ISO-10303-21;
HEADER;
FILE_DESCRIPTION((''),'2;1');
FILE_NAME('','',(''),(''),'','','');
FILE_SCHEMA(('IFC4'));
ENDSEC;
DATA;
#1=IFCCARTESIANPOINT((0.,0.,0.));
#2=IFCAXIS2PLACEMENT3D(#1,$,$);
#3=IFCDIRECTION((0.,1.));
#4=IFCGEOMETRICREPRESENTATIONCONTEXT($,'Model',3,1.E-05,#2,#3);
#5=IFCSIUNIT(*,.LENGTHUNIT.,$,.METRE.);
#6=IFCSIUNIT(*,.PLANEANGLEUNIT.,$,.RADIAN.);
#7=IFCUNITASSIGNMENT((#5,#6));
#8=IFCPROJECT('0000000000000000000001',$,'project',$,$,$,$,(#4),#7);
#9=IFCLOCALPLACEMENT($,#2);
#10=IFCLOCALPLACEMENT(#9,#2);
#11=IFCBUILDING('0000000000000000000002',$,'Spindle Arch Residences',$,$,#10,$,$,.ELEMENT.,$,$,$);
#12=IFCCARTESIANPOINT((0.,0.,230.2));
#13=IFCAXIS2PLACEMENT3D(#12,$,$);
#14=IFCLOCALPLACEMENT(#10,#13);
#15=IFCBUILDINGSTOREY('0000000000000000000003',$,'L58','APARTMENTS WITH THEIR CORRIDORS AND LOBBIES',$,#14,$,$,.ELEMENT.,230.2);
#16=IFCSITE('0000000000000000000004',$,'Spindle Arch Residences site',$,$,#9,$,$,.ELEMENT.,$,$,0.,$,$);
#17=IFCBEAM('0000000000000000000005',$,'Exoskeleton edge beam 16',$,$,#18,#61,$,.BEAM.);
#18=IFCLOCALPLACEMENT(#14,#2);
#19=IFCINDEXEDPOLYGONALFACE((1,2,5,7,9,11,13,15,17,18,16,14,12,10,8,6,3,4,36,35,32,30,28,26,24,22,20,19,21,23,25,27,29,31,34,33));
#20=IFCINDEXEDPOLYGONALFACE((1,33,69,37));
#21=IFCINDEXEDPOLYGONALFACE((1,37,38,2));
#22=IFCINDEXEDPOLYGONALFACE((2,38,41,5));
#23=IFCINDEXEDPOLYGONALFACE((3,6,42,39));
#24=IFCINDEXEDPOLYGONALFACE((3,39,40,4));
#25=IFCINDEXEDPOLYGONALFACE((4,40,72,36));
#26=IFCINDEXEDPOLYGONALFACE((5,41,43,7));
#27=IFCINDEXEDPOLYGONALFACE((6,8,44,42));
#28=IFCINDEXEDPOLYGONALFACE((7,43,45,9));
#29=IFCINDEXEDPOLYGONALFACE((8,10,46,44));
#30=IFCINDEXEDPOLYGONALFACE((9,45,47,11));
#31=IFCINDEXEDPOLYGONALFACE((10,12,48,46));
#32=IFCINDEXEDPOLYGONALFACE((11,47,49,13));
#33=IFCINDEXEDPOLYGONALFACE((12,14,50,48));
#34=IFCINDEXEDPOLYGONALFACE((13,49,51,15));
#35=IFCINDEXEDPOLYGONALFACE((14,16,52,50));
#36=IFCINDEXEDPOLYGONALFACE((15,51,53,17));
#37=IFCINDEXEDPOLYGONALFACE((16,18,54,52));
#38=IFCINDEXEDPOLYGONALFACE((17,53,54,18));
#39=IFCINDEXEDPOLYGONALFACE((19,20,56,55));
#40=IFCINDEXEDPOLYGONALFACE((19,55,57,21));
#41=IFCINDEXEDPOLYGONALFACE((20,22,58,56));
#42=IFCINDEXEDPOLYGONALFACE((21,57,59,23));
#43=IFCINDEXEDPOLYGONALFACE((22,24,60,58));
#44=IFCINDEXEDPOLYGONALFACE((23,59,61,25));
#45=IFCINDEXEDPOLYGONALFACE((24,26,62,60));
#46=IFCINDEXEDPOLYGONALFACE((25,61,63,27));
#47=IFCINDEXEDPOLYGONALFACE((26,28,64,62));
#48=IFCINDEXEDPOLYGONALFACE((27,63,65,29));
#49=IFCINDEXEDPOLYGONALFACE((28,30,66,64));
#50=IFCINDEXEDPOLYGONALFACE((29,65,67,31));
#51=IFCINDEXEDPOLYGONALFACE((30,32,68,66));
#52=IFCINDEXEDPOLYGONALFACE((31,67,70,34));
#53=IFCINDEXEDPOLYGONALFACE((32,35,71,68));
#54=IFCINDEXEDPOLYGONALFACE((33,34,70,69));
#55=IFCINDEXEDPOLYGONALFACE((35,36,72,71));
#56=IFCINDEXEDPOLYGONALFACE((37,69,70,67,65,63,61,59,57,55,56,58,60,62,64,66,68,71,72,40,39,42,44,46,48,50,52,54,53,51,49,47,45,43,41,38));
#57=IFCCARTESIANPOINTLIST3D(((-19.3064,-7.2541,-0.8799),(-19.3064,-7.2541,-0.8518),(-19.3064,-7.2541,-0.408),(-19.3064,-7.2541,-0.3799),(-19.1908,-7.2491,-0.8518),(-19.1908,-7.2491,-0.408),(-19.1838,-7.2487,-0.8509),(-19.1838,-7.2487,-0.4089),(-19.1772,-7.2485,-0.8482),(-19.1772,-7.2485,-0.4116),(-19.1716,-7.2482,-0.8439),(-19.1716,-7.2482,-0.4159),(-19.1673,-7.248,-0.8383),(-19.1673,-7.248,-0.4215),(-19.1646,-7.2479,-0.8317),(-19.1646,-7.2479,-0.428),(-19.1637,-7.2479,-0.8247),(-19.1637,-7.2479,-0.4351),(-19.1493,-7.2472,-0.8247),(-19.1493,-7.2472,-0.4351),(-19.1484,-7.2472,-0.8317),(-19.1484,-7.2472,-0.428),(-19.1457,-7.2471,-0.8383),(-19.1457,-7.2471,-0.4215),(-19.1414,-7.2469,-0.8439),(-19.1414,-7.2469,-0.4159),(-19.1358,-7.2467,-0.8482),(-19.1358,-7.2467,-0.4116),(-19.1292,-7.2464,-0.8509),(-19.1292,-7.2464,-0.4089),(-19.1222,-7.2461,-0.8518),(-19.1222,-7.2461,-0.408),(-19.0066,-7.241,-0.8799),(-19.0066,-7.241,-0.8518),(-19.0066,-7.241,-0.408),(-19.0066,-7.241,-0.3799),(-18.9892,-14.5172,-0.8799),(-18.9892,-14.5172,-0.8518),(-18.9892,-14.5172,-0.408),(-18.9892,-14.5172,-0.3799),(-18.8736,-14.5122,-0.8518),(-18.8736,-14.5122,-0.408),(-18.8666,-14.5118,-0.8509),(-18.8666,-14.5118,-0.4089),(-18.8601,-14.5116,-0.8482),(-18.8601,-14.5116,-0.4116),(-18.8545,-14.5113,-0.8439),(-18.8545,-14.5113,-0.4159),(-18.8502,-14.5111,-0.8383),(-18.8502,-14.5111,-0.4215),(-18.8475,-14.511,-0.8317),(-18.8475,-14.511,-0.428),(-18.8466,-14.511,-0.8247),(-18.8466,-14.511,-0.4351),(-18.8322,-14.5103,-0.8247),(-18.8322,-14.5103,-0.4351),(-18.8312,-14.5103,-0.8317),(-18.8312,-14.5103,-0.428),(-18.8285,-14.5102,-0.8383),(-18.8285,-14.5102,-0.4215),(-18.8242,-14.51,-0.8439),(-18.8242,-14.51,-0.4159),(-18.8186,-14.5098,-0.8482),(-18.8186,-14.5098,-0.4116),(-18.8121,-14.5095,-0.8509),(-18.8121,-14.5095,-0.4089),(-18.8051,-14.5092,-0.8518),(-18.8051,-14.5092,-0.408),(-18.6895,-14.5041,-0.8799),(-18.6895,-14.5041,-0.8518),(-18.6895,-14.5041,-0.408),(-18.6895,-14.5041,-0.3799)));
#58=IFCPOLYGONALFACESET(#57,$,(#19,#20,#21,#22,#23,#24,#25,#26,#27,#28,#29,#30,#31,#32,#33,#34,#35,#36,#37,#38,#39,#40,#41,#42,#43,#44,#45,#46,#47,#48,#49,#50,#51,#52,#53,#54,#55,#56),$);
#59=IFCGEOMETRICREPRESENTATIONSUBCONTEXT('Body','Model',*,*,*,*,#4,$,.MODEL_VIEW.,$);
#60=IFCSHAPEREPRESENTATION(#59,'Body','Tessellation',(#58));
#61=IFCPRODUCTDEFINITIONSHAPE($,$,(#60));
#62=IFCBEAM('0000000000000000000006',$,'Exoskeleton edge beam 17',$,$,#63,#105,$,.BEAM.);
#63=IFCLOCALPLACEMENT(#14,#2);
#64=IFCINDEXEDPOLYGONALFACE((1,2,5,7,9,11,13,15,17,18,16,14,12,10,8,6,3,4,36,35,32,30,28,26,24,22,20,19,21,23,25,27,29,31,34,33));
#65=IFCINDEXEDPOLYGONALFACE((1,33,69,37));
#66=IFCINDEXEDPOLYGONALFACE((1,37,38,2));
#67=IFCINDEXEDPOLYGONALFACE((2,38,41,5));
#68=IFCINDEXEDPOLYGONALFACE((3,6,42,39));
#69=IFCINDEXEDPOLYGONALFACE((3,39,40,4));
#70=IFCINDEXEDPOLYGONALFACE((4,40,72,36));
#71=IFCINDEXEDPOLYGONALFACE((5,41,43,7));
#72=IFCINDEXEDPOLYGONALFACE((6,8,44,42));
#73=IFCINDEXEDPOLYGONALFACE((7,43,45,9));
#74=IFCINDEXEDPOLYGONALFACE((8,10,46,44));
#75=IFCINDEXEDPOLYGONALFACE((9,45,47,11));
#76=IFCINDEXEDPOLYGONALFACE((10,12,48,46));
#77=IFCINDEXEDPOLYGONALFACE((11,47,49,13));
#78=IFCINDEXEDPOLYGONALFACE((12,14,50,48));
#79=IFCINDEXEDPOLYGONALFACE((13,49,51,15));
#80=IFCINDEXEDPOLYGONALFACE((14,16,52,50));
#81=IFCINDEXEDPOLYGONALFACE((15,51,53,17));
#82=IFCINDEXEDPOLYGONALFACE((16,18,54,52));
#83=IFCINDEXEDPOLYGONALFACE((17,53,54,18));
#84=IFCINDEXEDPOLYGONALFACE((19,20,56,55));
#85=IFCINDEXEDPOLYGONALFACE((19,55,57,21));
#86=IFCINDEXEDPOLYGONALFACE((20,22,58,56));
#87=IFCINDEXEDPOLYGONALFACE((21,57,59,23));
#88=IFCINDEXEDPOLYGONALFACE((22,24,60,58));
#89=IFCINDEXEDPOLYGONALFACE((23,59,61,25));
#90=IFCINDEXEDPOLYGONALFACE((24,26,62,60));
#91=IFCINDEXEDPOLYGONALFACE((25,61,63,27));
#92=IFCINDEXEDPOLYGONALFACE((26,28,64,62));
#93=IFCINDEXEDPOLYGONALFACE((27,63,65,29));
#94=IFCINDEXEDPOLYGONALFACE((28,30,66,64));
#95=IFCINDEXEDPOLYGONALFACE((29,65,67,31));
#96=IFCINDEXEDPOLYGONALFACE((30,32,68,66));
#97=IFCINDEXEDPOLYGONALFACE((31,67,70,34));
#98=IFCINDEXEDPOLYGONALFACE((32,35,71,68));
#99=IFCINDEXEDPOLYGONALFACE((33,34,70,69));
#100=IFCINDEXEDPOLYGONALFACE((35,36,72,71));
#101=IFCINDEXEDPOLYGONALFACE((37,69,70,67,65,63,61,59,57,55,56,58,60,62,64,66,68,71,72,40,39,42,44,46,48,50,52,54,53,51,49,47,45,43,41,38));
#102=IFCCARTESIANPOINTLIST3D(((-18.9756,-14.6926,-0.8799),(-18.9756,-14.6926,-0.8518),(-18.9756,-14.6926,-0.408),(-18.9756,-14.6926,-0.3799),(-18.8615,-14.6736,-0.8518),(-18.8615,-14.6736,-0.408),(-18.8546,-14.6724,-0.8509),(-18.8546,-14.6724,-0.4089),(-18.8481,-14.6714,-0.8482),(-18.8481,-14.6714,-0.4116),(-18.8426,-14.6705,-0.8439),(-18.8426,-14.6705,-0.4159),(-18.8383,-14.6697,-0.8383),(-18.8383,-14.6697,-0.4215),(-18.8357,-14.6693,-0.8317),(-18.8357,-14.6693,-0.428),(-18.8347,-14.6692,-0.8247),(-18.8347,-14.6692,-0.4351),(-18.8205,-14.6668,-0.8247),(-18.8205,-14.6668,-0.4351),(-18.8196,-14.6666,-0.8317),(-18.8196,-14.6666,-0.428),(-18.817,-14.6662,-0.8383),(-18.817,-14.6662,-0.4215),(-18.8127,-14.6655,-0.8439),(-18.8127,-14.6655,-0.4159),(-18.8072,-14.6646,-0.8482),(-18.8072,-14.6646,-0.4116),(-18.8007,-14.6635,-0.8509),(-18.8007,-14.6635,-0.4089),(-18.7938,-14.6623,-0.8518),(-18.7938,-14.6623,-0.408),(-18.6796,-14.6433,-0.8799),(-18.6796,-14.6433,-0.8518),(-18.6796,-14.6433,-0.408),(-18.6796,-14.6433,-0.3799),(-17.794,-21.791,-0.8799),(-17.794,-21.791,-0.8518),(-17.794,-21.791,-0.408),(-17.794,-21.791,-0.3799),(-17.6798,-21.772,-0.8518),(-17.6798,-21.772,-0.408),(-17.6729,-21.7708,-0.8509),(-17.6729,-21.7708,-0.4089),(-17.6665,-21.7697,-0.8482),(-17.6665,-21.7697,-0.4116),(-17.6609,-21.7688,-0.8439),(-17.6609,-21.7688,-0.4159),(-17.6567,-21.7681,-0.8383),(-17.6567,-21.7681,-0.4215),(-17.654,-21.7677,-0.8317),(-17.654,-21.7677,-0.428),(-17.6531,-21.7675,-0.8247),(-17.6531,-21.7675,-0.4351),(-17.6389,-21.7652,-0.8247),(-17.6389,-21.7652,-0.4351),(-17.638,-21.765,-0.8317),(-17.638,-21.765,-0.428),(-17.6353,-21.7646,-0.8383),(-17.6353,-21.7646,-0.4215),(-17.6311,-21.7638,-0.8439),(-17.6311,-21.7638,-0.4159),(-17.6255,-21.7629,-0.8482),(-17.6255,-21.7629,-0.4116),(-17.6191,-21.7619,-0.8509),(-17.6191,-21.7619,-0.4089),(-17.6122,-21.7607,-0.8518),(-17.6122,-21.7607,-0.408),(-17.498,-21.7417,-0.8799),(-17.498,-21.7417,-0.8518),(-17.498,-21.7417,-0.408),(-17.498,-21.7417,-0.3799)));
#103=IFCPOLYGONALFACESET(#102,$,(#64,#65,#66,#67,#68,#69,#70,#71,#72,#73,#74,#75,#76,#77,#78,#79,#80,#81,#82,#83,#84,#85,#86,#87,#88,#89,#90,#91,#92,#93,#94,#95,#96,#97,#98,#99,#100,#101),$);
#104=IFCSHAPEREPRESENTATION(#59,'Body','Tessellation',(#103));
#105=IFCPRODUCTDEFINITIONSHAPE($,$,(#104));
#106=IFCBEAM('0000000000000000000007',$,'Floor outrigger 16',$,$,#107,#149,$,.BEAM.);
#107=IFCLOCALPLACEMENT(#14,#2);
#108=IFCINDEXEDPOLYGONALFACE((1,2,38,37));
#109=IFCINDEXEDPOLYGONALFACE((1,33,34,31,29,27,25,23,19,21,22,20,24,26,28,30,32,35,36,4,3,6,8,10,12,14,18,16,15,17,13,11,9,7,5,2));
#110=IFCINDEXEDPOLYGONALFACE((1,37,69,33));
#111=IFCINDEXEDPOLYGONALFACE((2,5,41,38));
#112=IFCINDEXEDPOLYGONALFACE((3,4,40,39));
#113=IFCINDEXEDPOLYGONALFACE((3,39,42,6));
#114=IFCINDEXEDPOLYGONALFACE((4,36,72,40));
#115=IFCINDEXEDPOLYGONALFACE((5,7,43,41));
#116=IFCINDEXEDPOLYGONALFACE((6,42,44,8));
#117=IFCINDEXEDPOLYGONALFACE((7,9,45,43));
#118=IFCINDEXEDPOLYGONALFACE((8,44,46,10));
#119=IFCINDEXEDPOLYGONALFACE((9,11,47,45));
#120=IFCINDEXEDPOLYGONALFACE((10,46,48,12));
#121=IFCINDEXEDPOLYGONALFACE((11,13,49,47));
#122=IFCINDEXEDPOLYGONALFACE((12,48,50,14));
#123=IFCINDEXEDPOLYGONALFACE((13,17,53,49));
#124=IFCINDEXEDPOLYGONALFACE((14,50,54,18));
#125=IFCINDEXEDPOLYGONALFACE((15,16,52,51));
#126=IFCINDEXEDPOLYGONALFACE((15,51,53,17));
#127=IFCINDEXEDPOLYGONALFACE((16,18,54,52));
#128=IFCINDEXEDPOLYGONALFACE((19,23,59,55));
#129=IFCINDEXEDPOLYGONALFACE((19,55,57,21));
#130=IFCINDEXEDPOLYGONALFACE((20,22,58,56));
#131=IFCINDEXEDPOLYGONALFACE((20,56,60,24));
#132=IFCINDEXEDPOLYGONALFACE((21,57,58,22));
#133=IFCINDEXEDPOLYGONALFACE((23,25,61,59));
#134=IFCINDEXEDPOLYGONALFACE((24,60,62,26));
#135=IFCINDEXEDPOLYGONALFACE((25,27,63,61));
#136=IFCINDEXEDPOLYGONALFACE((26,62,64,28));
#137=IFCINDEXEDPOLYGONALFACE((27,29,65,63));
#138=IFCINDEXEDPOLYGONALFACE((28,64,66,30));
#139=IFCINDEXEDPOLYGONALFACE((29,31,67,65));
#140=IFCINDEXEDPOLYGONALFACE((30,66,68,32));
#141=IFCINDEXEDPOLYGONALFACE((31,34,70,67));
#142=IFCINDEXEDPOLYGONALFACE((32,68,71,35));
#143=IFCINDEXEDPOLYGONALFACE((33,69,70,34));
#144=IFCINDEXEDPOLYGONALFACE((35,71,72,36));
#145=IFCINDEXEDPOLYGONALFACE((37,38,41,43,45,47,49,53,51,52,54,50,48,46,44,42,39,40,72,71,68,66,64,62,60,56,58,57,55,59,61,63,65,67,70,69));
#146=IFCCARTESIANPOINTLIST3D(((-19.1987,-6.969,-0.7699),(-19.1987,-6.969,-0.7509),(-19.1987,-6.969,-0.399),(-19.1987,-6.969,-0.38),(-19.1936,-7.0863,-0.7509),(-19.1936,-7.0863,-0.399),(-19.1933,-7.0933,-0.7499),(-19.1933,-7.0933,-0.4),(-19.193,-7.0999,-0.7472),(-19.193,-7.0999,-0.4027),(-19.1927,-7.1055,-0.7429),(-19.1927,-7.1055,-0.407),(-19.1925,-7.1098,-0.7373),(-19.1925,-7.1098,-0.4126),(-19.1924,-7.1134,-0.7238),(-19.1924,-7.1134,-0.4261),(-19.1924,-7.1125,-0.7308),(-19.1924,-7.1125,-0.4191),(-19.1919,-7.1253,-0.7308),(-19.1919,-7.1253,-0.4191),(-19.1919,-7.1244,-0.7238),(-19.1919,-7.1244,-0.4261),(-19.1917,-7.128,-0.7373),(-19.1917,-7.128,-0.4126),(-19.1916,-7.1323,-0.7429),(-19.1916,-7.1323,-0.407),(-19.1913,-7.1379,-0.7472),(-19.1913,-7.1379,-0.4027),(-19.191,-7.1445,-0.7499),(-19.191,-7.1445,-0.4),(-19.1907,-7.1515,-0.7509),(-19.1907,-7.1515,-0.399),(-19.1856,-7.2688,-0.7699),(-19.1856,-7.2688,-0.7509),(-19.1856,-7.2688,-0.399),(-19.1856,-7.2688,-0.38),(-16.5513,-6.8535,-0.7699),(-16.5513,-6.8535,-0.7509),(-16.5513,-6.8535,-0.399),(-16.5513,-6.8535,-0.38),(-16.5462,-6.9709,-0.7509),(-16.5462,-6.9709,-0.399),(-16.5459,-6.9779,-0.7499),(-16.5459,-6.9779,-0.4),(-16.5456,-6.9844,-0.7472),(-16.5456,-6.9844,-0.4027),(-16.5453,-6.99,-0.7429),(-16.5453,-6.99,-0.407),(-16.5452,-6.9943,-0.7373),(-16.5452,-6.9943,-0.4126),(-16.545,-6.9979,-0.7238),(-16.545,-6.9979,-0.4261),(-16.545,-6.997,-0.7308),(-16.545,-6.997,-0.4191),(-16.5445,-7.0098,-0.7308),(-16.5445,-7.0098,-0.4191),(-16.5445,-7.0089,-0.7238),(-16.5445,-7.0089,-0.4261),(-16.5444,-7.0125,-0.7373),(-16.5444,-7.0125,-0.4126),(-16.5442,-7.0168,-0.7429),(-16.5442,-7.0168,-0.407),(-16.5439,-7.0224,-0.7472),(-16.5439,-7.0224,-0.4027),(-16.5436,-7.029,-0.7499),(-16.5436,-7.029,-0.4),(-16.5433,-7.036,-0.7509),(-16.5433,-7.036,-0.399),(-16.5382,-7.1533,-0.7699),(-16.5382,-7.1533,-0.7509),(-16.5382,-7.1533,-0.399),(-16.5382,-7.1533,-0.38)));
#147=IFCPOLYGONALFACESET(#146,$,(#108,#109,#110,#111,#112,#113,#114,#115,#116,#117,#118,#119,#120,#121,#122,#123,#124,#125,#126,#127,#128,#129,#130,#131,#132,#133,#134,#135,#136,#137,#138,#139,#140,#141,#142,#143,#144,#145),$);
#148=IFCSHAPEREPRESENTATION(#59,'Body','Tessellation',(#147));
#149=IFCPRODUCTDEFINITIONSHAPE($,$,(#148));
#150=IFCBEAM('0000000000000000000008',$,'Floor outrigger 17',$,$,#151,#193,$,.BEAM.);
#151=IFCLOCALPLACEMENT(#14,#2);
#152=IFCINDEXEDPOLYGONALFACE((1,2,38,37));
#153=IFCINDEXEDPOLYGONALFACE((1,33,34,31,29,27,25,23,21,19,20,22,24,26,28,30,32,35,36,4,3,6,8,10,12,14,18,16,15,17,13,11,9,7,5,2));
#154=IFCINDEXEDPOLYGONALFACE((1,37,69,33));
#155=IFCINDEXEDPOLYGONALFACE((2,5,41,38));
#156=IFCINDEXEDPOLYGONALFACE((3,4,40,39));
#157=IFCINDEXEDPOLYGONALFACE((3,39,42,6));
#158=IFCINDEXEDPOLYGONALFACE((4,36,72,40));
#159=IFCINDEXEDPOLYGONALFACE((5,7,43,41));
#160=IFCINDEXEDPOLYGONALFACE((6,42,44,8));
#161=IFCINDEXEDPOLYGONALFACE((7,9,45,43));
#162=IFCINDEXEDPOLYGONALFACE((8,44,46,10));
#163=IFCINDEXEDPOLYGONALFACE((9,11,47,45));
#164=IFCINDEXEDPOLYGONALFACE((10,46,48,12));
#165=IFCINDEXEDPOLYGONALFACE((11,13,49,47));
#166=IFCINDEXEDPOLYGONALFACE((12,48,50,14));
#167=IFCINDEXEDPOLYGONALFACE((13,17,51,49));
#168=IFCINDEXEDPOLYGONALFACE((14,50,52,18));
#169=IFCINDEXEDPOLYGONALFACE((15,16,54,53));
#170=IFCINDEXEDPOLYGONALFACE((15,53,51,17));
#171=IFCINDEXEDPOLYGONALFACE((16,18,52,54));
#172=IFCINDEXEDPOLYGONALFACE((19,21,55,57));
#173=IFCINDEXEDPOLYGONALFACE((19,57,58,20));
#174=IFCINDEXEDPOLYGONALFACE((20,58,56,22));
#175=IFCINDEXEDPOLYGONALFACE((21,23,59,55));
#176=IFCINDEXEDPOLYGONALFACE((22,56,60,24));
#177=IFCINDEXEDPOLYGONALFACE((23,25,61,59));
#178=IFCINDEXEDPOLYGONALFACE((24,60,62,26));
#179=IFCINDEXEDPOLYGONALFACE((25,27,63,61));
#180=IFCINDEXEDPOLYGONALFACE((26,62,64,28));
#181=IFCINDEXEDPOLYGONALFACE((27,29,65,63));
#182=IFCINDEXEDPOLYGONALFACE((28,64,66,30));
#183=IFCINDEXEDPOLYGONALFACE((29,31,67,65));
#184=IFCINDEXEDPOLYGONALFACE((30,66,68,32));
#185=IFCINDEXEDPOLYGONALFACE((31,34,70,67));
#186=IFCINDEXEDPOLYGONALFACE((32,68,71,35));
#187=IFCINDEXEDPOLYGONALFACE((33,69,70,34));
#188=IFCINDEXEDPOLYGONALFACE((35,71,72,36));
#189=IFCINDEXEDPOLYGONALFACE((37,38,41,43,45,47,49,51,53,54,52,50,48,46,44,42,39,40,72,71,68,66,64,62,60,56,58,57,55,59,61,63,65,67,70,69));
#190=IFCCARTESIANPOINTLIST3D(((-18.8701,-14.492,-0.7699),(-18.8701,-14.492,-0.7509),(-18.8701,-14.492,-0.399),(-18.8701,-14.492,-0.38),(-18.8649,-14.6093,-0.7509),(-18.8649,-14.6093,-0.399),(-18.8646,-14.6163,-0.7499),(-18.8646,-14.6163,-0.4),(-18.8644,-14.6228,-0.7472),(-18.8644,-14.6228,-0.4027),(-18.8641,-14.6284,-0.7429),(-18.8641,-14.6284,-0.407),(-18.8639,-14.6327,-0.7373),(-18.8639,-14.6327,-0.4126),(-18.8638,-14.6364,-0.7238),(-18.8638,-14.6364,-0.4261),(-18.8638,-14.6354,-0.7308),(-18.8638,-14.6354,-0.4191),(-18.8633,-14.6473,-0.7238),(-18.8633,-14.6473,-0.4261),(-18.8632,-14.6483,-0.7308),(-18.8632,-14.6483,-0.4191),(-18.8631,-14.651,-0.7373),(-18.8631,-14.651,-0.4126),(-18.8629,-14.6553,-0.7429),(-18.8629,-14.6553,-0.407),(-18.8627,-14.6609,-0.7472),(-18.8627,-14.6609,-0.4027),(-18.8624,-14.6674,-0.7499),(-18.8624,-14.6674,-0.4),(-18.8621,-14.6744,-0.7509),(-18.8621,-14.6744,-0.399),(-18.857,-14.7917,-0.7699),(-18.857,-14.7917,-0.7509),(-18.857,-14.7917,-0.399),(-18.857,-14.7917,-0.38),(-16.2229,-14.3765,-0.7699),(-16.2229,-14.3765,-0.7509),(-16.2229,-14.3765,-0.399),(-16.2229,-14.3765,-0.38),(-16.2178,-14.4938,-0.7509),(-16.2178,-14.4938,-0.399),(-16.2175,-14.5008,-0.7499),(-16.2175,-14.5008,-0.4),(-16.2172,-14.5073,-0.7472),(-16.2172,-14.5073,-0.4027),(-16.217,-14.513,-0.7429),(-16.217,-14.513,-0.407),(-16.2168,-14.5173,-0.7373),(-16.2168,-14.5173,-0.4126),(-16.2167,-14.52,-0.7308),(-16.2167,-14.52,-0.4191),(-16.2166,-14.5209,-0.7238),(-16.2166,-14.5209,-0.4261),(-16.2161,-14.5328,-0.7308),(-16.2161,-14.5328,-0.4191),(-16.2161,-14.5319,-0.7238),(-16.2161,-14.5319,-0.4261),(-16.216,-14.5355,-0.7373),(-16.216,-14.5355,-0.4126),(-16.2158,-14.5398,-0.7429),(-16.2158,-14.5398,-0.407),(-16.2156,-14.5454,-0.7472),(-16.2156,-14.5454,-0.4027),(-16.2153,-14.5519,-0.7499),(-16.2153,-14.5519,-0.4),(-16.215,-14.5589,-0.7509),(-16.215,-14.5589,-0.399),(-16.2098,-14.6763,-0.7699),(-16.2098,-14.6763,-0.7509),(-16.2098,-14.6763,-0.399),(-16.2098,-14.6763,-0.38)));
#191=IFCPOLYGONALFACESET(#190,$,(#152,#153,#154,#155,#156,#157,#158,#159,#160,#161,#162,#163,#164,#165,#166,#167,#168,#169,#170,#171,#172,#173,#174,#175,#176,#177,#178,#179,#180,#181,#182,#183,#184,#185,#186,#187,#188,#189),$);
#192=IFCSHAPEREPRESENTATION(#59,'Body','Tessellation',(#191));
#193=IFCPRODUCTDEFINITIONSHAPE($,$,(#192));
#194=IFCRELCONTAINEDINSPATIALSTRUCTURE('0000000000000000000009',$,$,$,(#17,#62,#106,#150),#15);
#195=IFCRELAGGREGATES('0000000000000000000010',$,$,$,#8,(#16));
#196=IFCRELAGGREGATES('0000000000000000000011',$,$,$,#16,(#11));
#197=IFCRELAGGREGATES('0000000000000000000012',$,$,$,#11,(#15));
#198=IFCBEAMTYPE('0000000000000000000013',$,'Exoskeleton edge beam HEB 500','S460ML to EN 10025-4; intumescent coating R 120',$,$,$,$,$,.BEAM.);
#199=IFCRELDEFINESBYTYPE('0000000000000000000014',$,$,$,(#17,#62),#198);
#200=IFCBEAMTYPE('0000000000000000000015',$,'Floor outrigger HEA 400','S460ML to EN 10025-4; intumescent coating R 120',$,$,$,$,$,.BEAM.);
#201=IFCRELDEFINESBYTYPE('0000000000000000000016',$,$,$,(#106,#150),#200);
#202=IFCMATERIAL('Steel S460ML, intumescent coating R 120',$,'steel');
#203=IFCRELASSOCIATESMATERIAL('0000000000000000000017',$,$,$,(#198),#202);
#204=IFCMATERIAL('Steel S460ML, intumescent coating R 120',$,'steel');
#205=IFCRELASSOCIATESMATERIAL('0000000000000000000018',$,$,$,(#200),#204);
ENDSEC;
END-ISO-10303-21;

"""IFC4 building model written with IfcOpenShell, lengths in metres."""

from ifc_helpers import new_model, si_unit, direction, frame, origin, origin_2d, place, context, subcontext, project, spatial, i_section, extrude, material, material_profile, profile_set, type_object, element, save


model = new_model("IFC4")

# Units and contexts
model_context = context("Model", 3, precision=1e-05, world=origin(), true_north=direction((0.0, 1.0)))
body_context = subcontext(model_context, "Body", "Model", "MODEL_VIEW")
ifc_project = project(units=[si_unit("LENGTHUNIT", "METRE"), si_unit("PLANEANGLEUNIT", "RADIAN")], contexts=[model_context])

# Site, building, storey
site_placement = place(None, origin())
site = spatial("IfcSite", under=ifc_project, at=site_placement, Name="Spindle Arch Residences site", CompositionType="ELEMENT", RefElevation=0.0)
building_placement = place(site_placement, origin())
building = spatial("IfcBuilding", under=site, at=building_placement, Name="Spindle Arch Residences", CompositionType="ELEMENT")
storey_placement = place(building_placement, frame((0.0, 0.0, 230.2)))
storey = spatial("IfcBuildingStorey", under=building, at=storey_placement, Name="L58", Description="APARTMENTS WITH THEIR CORRIDORS AND LOBBIES", CompositionType="ELEMENT", Elevation=230.2)

# Beams
ifc_material_1 = material(Name="Steel S460ML, intumescent coating R 120", Category="steel")
ifc_material_profile_1 = material_profile(ifc_material_1, i_section(OverallWidth=0.3, OverallDepth=0.5, WebThickness=0.0144, FlangeThickness=0.0281, FilletRadius=0.0271, at=origin_2d()), Name="HEB 500")
ifc_profile_set_1 = profile_set([ifc_material_profile_1], Name="Steel S460ML, intumescent coating R 120")
beam_type_1 = type_object("IfcBeamType", Name="Exoskeleton edge beam HEB 500", Description="S460ML to EN 10025-4; intumescent coating R 120", PredefinedType="BEAM", material=ifc_profile_set_1)
for number, where, z_axis, x_axis, name in (
    (1, (-19.1565, -7.2476, -0.6299), (0.043622, -0.999048, 0.0), (0.999048, 0.043622, 0.0), "Exoskeleton edge beam 16"),
):
    element("IfcBeam", number, at=place(storey_placement, frame(where, z_axis=z_axis, x_axis=x_axis)), inside=storey, type_object=beam_type_1, Name=name, PredefinedType="BEAM", context=body_context, shape_type="SweptSolid", body=[
        extrude(i_section(OverallWidth=0.3, OverallDepth=0.5, WebThickness=0.0144, FlangeThickness=0.0281, FilletRadius=0.0271, at=origin_2d()), origin(), (0.0, 0.0, 1.0), 7.27),
    ])
beam_1_placement = place(storey_placement, frame((-18.8276, -14.668, -0.6299), z_axis=(0.164206, -0.986426, 0.0), x_axis=(0.986426, 0.164206, 0.0)))
element("IfcBeam", 2, at=beam_1_placement, inside=storey, type_object=beam_type_1, Name="Exoskeleton edge beam 17", PredefinedType="BEAM", context=body_context, shape_type="SweptSolid", body=[
    extrude(i_section(OverallWidth=0.3, OverallDepth=0.5, WebThickness=0.0144, FlangeThickness=0.0281, FilletRadius=0.0271, at=origin_2d()), origin(), (0.0, 0.0, 1.0), 7.196),
])
ifc_material_2 = material(Name="Steel S460ML, intumescent coating R 120", Category="steel")
ifc_material_profile_2 = material_profile(ifc_material_2, i_section(OverallWidth=0.3, OverallDepth=0.3899, WebThickness=0.011, FlangeThickness=0.019, FilletRadius=0.0271, at=origin_2d()), Name="HEA 400")
ifc_profile_set_2 = profile_set([ifc_material_profile_2], Name="Steel S460ML, intumescent coating R 120")
beam_type_2 = type_object("IfcBeamType", Name="Floor outrigger HEA 400", Description="S460ML to EN 10025-4; intumescent coating R 120", PredefinedType="BEAM", material=ifc_profile_set_2)
beam_2_placement = place(storey_placement, frame((-19.1921, -7.1189, -0.575), z_axis=(0.99905, 0.043577, 0.0), x_axis=(-0.043577, 0.99905, 0.0)))
element("IfcBeam", 3, at=beam_2_placement, inside=storey, type_object=beam_type_2, Name="Floor outrigger 16", PredefinedType="BEAM", context=body_context, shape_type="SweptSolid", body=[
    extrude(i_section(OverallWidth=0.3, OverallDepth=0.3899, WebThickness=0.011, FlangeThickness=0.019, FilletRadius=0.0271, at=origin_2d()), origin(), (0.0, 0.0, 1.0), 2.6499),
])
beam_3_placement = place(storey_placement, frame((-18.8635, -14.6418, -0.575), z_axis=(0.99905, 0.043581, 0.0), x_axis=(-0.043581, 0.99905, 0.0)))
element("IfcBeam", 4, at=beam_3_placement, inside=storey, type_object=beam_type_2, Name="Floor outrigger 17", PredefinedType="BEAM", context=body_context, shape_type="SweptSolid", body=[
    extrude(i_section(OverallWidth=0.3, OverallDepth=0.3899, WebThickness=0.011, FlangeThickness=0.019, FilletRadius=0.0271, at=origin_2d()), origin(), (0.0, 0.0, 1.0), 2.6497),
])

save(model, "model.ifc")
